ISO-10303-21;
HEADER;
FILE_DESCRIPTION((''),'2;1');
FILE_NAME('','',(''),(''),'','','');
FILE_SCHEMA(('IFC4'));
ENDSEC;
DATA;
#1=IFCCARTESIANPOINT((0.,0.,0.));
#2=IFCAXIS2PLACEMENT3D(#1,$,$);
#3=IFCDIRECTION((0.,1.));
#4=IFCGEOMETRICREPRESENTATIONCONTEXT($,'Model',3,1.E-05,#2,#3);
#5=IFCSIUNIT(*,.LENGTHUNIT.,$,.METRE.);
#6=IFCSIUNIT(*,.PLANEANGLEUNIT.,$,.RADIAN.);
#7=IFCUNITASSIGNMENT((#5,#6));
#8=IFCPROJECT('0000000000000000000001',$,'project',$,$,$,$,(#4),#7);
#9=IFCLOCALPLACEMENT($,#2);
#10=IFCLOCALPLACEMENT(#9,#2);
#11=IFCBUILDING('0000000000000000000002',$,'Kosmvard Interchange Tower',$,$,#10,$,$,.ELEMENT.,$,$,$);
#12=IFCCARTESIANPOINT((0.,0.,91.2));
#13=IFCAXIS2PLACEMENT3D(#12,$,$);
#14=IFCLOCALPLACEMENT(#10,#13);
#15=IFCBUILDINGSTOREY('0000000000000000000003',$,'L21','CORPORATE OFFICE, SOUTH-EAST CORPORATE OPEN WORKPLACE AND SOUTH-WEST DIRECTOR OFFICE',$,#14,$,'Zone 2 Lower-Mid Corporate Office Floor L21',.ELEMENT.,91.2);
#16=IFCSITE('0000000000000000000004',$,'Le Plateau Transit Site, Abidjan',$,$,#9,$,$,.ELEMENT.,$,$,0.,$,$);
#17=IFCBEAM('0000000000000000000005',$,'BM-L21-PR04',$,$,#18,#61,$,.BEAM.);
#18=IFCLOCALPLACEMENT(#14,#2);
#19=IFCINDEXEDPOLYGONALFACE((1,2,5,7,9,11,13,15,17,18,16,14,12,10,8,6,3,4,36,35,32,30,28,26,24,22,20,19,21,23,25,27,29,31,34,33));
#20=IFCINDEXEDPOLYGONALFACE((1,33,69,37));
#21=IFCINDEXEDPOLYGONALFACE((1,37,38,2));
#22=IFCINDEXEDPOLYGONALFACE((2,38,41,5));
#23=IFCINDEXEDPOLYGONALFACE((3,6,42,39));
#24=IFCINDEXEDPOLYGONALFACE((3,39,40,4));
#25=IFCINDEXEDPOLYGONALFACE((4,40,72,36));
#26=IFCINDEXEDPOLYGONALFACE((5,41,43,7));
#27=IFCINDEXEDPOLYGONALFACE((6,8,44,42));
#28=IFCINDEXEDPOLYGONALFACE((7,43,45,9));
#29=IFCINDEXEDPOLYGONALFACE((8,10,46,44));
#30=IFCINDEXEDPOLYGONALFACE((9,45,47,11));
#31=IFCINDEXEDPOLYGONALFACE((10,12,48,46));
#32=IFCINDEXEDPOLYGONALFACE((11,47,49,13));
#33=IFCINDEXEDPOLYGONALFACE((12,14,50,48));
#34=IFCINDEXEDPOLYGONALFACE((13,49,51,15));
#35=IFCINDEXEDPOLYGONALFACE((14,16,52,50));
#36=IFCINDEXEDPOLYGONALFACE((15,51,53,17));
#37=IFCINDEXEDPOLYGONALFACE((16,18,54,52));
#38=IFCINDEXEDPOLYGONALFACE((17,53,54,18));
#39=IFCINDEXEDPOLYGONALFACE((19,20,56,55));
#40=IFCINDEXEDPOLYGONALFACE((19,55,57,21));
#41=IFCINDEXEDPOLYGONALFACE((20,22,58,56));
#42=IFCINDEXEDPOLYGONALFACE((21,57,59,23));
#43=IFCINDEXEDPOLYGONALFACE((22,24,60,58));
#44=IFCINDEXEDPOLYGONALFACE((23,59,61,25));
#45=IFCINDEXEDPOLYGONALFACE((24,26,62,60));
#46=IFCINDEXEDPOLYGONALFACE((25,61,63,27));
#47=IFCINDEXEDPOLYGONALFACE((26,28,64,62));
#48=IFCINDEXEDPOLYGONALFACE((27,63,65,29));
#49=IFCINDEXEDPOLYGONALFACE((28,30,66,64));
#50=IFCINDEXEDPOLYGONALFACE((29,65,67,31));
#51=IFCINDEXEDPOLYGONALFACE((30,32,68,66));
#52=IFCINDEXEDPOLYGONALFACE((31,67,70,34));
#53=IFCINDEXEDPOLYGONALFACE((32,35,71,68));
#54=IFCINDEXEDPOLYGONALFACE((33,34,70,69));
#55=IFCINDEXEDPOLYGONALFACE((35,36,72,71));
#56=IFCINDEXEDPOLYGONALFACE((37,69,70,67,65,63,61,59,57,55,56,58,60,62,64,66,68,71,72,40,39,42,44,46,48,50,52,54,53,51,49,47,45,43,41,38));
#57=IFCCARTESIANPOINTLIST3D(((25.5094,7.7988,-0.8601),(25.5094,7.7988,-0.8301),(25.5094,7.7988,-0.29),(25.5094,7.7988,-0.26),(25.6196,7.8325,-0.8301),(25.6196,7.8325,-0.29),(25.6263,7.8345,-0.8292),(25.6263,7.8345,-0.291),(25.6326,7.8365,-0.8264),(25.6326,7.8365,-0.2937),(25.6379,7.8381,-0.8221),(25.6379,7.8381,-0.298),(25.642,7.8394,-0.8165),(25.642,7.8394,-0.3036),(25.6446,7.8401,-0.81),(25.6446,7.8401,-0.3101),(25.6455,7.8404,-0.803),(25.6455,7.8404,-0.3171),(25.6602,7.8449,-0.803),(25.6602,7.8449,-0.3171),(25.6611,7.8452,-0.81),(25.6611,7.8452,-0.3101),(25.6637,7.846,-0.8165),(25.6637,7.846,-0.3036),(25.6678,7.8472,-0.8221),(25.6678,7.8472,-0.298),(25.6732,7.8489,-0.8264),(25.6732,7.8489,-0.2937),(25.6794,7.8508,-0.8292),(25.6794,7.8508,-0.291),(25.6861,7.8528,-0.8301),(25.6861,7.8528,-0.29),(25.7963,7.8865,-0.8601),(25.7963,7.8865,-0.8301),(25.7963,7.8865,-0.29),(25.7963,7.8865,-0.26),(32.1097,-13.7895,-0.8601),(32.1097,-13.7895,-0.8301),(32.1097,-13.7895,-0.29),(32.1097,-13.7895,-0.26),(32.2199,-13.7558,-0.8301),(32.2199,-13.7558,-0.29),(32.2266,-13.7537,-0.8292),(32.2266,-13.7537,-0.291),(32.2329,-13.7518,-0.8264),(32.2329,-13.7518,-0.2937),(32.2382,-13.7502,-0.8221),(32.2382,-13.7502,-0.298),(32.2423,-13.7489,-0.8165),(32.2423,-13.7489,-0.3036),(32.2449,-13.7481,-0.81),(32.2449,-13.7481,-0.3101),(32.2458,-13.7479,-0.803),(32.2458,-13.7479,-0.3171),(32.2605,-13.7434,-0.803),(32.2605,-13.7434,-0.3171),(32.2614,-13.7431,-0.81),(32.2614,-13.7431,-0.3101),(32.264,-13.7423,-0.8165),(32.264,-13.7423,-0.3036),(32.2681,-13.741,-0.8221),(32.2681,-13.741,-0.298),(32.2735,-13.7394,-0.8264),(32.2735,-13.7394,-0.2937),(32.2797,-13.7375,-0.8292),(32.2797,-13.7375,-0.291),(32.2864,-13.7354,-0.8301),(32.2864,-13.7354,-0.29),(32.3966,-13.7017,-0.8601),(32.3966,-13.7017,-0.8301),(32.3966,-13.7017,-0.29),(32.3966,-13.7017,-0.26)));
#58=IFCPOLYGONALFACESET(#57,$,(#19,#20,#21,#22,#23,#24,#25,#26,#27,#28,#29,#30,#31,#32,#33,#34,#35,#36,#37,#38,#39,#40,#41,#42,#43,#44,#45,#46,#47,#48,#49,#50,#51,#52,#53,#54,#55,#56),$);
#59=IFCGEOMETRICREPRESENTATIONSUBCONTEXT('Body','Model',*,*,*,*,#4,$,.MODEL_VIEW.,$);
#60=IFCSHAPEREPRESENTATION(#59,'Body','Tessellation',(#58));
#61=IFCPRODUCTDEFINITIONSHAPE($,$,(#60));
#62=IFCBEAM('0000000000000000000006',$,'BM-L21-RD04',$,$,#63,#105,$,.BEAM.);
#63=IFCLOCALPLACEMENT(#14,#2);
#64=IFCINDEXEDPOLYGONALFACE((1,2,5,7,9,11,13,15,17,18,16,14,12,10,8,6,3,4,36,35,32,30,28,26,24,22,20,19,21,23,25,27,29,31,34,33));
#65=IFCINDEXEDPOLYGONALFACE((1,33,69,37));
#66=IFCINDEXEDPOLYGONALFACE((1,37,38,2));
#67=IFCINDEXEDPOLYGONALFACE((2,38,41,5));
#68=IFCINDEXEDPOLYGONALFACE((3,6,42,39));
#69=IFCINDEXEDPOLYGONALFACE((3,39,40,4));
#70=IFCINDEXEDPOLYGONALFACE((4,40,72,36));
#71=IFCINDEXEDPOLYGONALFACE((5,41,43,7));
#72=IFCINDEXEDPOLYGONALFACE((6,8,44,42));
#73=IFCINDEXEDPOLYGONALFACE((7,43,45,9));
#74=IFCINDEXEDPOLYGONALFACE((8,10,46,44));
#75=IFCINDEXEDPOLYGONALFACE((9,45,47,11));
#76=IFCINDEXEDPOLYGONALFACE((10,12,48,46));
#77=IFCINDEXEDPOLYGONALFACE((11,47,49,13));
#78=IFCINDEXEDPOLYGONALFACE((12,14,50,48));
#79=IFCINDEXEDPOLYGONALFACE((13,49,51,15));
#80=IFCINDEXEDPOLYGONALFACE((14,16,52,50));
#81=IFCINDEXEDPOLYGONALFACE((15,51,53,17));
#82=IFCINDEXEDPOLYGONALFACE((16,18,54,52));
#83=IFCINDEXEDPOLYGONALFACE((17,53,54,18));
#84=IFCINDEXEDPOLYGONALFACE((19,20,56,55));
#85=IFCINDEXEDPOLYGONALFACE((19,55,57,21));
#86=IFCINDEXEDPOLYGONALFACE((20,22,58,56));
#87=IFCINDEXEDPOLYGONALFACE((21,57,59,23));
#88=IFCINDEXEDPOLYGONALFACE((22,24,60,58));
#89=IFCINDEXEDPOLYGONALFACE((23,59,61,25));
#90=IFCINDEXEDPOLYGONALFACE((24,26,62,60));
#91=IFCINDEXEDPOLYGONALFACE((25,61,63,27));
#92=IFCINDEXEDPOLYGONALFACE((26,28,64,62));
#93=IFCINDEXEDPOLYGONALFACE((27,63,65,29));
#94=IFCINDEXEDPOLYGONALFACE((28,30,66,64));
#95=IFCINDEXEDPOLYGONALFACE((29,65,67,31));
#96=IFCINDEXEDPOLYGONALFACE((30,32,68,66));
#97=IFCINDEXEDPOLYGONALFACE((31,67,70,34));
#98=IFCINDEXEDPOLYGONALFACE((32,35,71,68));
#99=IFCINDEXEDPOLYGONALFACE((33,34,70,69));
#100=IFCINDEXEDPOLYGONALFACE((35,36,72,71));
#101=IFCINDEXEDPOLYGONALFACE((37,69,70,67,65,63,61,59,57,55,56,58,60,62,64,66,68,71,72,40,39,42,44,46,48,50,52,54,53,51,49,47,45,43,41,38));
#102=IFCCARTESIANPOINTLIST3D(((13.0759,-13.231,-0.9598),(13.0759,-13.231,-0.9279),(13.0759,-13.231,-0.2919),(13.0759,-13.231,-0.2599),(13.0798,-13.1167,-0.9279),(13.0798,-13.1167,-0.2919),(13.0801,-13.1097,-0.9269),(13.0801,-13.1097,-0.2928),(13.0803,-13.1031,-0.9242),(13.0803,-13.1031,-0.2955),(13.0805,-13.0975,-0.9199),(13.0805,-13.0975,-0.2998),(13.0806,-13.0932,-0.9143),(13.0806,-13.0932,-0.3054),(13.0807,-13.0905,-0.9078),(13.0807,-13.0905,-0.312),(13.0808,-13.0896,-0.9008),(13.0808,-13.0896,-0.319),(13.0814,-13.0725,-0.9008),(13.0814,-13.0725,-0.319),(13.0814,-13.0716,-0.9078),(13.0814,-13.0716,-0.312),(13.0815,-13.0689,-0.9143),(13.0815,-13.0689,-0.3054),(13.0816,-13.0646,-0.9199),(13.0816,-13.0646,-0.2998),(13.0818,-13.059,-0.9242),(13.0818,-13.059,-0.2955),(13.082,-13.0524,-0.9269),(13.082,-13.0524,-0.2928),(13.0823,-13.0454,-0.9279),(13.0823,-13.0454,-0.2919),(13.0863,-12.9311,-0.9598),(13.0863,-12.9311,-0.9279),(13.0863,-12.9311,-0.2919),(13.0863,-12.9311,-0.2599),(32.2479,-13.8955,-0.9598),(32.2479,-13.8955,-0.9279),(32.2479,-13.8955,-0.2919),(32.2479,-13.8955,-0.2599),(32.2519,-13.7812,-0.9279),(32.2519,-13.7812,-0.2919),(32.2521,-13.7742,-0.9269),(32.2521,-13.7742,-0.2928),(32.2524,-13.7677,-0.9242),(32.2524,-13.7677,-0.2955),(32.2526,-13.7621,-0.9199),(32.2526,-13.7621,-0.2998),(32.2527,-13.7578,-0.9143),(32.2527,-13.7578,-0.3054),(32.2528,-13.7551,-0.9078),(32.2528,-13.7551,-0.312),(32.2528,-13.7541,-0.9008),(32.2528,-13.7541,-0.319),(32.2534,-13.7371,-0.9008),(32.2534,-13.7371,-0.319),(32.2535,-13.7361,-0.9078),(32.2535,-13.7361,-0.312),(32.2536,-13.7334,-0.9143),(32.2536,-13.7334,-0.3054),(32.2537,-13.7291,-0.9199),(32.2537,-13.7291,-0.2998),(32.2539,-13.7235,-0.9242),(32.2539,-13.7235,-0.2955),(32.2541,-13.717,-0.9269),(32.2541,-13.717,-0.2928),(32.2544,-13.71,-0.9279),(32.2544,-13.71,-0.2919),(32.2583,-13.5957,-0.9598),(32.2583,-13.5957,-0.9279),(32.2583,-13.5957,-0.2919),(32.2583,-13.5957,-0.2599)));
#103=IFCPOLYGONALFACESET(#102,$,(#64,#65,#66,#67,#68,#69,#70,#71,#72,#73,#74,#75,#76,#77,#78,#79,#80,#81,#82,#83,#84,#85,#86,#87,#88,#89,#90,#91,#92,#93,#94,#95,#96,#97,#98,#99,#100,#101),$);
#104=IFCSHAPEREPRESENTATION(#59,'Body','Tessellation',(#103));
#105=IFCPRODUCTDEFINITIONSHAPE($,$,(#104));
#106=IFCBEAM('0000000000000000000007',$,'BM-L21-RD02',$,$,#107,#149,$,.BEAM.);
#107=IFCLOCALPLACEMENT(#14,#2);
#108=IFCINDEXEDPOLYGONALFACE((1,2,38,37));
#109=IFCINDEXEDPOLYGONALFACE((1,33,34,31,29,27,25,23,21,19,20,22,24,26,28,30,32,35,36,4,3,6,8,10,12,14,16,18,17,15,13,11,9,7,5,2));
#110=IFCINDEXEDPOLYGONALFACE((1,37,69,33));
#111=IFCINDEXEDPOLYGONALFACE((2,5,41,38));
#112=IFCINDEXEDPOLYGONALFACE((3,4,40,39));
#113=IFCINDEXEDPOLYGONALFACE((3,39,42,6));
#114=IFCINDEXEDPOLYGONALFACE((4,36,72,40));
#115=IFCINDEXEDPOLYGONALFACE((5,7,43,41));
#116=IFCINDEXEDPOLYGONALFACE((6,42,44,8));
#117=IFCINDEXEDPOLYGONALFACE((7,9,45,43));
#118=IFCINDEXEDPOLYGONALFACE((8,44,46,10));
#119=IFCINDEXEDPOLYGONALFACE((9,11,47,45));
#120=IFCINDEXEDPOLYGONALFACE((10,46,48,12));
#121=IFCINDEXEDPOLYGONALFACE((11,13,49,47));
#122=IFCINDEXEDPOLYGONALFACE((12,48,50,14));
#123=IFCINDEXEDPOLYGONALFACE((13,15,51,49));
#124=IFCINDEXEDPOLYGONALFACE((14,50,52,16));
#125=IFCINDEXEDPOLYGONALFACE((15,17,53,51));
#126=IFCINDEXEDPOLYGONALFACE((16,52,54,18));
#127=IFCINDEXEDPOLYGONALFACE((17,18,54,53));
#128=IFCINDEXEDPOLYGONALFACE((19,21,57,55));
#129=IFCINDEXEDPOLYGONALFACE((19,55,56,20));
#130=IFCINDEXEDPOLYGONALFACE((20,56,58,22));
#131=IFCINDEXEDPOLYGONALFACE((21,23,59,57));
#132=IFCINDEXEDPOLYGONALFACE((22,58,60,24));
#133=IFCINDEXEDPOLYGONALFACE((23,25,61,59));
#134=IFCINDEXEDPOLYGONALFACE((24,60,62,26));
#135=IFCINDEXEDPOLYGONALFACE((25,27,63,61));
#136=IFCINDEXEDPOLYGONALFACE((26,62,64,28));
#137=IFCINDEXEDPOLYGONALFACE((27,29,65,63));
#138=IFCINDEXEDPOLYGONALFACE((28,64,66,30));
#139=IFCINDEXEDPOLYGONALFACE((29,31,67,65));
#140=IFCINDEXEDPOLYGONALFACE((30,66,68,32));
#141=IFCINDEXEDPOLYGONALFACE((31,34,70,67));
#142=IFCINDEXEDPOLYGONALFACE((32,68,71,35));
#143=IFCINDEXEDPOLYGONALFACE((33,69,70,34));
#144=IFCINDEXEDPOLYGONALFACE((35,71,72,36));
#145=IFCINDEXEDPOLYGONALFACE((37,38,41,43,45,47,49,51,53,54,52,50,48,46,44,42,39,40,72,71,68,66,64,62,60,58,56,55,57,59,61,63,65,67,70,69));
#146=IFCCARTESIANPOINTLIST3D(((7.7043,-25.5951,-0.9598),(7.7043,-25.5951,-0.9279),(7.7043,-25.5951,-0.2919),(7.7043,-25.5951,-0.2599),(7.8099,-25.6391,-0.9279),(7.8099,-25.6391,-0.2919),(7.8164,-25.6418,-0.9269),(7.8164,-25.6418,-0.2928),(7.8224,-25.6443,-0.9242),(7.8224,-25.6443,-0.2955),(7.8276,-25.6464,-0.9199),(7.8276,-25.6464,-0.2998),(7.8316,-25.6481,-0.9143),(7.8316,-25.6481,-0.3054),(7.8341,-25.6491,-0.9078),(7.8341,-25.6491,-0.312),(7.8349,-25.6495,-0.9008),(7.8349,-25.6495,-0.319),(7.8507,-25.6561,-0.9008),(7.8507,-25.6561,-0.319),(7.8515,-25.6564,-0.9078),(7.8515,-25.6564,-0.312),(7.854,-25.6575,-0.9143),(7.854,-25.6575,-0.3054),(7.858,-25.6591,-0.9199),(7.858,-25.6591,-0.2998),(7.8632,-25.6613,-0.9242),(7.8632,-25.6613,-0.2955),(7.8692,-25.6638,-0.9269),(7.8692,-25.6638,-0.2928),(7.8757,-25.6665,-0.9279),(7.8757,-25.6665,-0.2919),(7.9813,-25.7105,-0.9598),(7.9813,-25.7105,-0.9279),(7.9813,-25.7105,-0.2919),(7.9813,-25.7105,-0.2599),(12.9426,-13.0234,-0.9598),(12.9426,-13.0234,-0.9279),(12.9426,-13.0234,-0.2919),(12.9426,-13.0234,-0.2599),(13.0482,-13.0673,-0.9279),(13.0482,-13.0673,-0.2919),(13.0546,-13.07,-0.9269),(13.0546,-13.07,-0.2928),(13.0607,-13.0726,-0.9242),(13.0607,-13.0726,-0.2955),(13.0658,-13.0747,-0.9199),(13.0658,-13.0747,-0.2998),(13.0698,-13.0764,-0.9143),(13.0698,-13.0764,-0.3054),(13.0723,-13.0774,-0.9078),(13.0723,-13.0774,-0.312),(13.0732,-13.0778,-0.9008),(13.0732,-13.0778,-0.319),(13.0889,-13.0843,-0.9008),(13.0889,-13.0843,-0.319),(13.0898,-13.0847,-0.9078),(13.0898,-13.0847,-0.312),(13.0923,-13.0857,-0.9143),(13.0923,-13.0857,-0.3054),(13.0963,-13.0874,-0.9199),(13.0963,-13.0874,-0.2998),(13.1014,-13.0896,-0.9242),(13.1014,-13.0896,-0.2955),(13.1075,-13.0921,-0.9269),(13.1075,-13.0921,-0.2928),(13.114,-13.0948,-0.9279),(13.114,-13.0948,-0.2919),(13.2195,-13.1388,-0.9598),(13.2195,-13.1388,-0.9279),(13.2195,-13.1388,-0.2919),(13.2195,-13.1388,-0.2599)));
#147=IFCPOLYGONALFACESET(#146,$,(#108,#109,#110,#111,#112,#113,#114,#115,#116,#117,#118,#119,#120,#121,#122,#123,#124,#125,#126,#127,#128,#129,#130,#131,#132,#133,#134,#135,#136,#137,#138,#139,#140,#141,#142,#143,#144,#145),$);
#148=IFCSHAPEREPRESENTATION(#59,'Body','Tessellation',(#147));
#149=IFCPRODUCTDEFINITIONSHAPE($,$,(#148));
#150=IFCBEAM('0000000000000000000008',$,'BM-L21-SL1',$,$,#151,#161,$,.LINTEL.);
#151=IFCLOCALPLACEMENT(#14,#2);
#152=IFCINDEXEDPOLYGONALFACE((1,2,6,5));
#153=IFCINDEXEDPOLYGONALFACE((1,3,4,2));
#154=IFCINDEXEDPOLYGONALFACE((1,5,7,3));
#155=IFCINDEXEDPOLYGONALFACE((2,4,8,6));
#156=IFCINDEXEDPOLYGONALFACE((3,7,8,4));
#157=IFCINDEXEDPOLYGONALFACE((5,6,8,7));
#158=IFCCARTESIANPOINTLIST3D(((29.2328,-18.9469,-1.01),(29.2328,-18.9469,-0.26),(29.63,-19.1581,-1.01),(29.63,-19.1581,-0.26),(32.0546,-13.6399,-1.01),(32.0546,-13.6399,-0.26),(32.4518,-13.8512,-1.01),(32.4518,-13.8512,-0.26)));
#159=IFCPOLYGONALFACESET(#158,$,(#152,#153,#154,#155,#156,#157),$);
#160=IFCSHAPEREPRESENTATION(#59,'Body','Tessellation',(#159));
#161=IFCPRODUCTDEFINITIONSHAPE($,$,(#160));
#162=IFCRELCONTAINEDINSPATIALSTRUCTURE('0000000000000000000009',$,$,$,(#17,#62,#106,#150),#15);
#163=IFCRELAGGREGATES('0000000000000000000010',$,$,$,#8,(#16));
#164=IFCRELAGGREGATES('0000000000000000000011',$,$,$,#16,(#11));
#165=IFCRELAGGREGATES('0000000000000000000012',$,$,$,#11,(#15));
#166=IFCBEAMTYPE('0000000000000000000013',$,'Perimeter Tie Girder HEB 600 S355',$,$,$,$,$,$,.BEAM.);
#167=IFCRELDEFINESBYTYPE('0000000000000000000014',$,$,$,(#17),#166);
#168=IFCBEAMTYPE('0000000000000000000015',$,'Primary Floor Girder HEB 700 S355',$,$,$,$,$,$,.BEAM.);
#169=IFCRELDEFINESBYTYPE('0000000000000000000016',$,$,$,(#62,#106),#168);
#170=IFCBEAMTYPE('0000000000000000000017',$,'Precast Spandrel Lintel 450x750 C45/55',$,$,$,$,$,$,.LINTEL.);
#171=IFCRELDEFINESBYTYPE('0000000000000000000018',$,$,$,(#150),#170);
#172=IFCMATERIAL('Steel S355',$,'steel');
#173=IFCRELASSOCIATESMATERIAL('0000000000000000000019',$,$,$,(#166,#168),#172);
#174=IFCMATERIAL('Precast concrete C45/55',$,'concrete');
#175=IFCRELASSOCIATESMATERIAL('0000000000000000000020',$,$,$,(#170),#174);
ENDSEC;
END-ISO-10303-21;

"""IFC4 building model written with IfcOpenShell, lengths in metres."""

from ifc_helpers import new_model, si_unit, direction, frame, origin, origin_2d, place, context, subcontext, project, spatial, rectangle, i_section, extrude, source, transform, mapped, material, material_profile, profile_set, type_object, element, save


model = new_model("IFC4")

# Units and contexts
model_context = context("Model", 3, precision=1e-05, world=origin(), true_north=direction((0.0, 1.0)))
body_context = subcontext(model_context, "Body", "Model", "MODEL_VIEW")
ifc_project = project(units=[si_unit("LENGTHUNIT", "METRE"), si_unit("PLANEANGLEUNIT", "RADIAN")], contexts=[model_context])

# Site, building, storey
site_placement = place(None, origin())
site = spatial("IfcSite", under=ifc_project, at=site_placement, Name="Le Plateau Transit Site, Abidjan", CompositionType="ELEMENT", RefElevation=0.0)
building_placement = place(site_placement, origin())
building = spatial("IfcBuilding", under=site, at=building_placement, Name="Kosmvard Interchange Tower", CompositionType="ELEMENT")
storey_placement = place(building_placement, frame((0.0, 0.0, 91.2)))
storey = spatial("IfcBuildingStorey", under=building, at=storey_placement, Name="L21", Description="CORPORATE OFFICE, SOUTH-EAST CORPORATE OPEN WORKPLACE AND SOUTH-WEST DIRECTOR OFFICE", LongName="Zone 2 Lower-Mid Corporate Office Floor L21", CompositionType="ELEMENT", Elevation=91.2)

# Beams
ifc_material_1 = material(Name="Steel S355", Category="steel")
ifc_material_profile_1 = material_profile(ifc_material_1, i_section(OverallWidth=0.3, OverallDepth=0.6001, WebThickness=0.0154, FlangeThickness=0.03, FilletRadius=0.0271, at=origin_2d()), Name="HEB 600")
ifc_profile_set_1 = profile_set([ifc_material_profile_1], Name="Steel S355")
beam_type_1 = type_object("IfcBeamType", Name="Perimeter Tie Girder HEB 600 S355", PredefinedType="BEAM", material=ifc_profile_set_1)
shared_shape_1 = source(origin(), body_context, "Body", "SweptSolid", [
    extrude(i_section(OverallWidth=0.3, OverallDepth=0.6001, WebThickness=0.0154, FlangeThickness=0.03, FilletRadius=0.0271, at=origin_2d()), origin(), (0.0, 0.0, 1.0), 22.5747),
])
beam_1_placement = place(storey_placement, frame((32.2532, -13.7456, -0.5601), z_axis=(-0.292376, 0.956303, 0.0), x_axis=(-0.956303, -0.292376, 0.0)))
element("IfcBeam", 1, at=beam_1_placement, inside=storey, type_object=beam_type_1, Name="BM-L21-PR04", PredefinedType="BEAM", context=body_context, shape_type="MappedRepresentation", body=[
    mapped(shared_shape_1, transform((0.0, 0.0, 0.0), scale=1.0)),
])
ifc_material_profile_2 = material_profile(ifc_material_1, i_section(OverallWidth=0.3, OverallDepth=0.7, WebThickness=0.0171, FlangeThickness=0.032, FilletRadius=0.0271, at=origin_2d()), Name="HEB 700")
ifc_profile_set_2 = profile_set([ifc_material_profile_2], Name="Steel S355")
beam_type_2 = type_object("IfcBeamType", Name="Primary Floor Girder HEB 700 S355", PredefinedType="BEAM", material=ifc_profile_set_2)
shared_shape_2 = source(origin(), body_context, "Body", "SweptSolid", [
    extrude(i_section(OverallWidth=0.3, OverallDepth=0.7, WebThickness=0.0171, FlangeThickness=0.032, FilletRadius=0.0271, at=origin_2d()), origin(), (0.0, 0.0, 1.0), 19.1836),
])
beam_2_placement = place(storey_placement, frame((13.0811, -13.0811, -0.6099), z_axis=(0.9994, -0.034642, 0.0), x_axis=(0.034642, 0.9994, 0.0)))
element("IfcBeam", 2, at=beam_2_placement, inside=storey, type_object=beam_type_2, Name="BM-L21-RD04", PredefinedType="BEAM", context=body_context, shape_type="MappedRepresentation", body=[
    mapped(shared_shape_2, transform((0.0, 0.0, 0.0), scale=1.0)),
])
shared_shape_3 = source(origin(), body_context, "Body", "SweptSolid", [
    extrude(i_section(OverallWidth=0.3, OverallDepth=0.7, WebThickness=0.0171, FlangeThickness=0.032, FilletRadius=0.0271, at=origin_2d()), origin(), (0.0, 0.0, 1.0), 13.6194),
])
beam_3_placement = place(storey_placement, frame((13.0811, -13.0811, -0.6099), z_axis=(-0.384618, -0.923076, 0.0), x_axis=(0.923076, -0.384618, 0.0)))
element("IfcBeam", 3, at=beam_3_placement, inside=storey, type_object=beam_type_2, Name="BM-L21-RD02", PredefinedType="BEAM", context=body_context, shape_type="MappedRepresentation", body=[
    mapped(shared_shape_3, transform((0.0, 0.0, 0.0), scale=1.0)),
])
ifc_material_2 = material(Name="Precast concrete C45/55", Category="concrete")
ifc_material_profile_3 = material_profile(ifc_material_2, rectangle(XDim=0.45, YDim=0.75, at=origin_2d()), Name="SL 450x750")
ifc_profile_set_3 = profile_set([ifc_material_profile_3], Name="Precast concrete C45/55")
beam_type_3 = type_object("IfcBeamType", Name="Precast Spandrel Lintel 450x750 C45/55", PredefinedType="LINTEL", material=ifc_profile_set_3)
shared_shape_4 = source(origin(), body_context, "Body", "SweptSolid", [
    extrude(rectangle(XDim=0.45, YDim=0.75, at=origin_2d()), origin(), (0.0, 0.0, 1.0), 6.0105),
])
beam_4_placement = place(storey_placement, frame((29.4314, -19.0525, -0.635), z_axis=(0.469479, 0.882944, 0.0), x_axis=(-0.882944, 0.469479, 0.0)))
element("IfcBeam", 4, at=beam_4_placement, inside=storey, type_object=beam_type_3, Name="BM-L21-SL1", PredefinedType="LINTEL", context=body_context, shape_type="MappedRepresentation", body=[
    mapped(shared_shape_4, transform((0.0, 0.0, 0.0), scale=1.0)),
])

save(model, "model.ifc")
